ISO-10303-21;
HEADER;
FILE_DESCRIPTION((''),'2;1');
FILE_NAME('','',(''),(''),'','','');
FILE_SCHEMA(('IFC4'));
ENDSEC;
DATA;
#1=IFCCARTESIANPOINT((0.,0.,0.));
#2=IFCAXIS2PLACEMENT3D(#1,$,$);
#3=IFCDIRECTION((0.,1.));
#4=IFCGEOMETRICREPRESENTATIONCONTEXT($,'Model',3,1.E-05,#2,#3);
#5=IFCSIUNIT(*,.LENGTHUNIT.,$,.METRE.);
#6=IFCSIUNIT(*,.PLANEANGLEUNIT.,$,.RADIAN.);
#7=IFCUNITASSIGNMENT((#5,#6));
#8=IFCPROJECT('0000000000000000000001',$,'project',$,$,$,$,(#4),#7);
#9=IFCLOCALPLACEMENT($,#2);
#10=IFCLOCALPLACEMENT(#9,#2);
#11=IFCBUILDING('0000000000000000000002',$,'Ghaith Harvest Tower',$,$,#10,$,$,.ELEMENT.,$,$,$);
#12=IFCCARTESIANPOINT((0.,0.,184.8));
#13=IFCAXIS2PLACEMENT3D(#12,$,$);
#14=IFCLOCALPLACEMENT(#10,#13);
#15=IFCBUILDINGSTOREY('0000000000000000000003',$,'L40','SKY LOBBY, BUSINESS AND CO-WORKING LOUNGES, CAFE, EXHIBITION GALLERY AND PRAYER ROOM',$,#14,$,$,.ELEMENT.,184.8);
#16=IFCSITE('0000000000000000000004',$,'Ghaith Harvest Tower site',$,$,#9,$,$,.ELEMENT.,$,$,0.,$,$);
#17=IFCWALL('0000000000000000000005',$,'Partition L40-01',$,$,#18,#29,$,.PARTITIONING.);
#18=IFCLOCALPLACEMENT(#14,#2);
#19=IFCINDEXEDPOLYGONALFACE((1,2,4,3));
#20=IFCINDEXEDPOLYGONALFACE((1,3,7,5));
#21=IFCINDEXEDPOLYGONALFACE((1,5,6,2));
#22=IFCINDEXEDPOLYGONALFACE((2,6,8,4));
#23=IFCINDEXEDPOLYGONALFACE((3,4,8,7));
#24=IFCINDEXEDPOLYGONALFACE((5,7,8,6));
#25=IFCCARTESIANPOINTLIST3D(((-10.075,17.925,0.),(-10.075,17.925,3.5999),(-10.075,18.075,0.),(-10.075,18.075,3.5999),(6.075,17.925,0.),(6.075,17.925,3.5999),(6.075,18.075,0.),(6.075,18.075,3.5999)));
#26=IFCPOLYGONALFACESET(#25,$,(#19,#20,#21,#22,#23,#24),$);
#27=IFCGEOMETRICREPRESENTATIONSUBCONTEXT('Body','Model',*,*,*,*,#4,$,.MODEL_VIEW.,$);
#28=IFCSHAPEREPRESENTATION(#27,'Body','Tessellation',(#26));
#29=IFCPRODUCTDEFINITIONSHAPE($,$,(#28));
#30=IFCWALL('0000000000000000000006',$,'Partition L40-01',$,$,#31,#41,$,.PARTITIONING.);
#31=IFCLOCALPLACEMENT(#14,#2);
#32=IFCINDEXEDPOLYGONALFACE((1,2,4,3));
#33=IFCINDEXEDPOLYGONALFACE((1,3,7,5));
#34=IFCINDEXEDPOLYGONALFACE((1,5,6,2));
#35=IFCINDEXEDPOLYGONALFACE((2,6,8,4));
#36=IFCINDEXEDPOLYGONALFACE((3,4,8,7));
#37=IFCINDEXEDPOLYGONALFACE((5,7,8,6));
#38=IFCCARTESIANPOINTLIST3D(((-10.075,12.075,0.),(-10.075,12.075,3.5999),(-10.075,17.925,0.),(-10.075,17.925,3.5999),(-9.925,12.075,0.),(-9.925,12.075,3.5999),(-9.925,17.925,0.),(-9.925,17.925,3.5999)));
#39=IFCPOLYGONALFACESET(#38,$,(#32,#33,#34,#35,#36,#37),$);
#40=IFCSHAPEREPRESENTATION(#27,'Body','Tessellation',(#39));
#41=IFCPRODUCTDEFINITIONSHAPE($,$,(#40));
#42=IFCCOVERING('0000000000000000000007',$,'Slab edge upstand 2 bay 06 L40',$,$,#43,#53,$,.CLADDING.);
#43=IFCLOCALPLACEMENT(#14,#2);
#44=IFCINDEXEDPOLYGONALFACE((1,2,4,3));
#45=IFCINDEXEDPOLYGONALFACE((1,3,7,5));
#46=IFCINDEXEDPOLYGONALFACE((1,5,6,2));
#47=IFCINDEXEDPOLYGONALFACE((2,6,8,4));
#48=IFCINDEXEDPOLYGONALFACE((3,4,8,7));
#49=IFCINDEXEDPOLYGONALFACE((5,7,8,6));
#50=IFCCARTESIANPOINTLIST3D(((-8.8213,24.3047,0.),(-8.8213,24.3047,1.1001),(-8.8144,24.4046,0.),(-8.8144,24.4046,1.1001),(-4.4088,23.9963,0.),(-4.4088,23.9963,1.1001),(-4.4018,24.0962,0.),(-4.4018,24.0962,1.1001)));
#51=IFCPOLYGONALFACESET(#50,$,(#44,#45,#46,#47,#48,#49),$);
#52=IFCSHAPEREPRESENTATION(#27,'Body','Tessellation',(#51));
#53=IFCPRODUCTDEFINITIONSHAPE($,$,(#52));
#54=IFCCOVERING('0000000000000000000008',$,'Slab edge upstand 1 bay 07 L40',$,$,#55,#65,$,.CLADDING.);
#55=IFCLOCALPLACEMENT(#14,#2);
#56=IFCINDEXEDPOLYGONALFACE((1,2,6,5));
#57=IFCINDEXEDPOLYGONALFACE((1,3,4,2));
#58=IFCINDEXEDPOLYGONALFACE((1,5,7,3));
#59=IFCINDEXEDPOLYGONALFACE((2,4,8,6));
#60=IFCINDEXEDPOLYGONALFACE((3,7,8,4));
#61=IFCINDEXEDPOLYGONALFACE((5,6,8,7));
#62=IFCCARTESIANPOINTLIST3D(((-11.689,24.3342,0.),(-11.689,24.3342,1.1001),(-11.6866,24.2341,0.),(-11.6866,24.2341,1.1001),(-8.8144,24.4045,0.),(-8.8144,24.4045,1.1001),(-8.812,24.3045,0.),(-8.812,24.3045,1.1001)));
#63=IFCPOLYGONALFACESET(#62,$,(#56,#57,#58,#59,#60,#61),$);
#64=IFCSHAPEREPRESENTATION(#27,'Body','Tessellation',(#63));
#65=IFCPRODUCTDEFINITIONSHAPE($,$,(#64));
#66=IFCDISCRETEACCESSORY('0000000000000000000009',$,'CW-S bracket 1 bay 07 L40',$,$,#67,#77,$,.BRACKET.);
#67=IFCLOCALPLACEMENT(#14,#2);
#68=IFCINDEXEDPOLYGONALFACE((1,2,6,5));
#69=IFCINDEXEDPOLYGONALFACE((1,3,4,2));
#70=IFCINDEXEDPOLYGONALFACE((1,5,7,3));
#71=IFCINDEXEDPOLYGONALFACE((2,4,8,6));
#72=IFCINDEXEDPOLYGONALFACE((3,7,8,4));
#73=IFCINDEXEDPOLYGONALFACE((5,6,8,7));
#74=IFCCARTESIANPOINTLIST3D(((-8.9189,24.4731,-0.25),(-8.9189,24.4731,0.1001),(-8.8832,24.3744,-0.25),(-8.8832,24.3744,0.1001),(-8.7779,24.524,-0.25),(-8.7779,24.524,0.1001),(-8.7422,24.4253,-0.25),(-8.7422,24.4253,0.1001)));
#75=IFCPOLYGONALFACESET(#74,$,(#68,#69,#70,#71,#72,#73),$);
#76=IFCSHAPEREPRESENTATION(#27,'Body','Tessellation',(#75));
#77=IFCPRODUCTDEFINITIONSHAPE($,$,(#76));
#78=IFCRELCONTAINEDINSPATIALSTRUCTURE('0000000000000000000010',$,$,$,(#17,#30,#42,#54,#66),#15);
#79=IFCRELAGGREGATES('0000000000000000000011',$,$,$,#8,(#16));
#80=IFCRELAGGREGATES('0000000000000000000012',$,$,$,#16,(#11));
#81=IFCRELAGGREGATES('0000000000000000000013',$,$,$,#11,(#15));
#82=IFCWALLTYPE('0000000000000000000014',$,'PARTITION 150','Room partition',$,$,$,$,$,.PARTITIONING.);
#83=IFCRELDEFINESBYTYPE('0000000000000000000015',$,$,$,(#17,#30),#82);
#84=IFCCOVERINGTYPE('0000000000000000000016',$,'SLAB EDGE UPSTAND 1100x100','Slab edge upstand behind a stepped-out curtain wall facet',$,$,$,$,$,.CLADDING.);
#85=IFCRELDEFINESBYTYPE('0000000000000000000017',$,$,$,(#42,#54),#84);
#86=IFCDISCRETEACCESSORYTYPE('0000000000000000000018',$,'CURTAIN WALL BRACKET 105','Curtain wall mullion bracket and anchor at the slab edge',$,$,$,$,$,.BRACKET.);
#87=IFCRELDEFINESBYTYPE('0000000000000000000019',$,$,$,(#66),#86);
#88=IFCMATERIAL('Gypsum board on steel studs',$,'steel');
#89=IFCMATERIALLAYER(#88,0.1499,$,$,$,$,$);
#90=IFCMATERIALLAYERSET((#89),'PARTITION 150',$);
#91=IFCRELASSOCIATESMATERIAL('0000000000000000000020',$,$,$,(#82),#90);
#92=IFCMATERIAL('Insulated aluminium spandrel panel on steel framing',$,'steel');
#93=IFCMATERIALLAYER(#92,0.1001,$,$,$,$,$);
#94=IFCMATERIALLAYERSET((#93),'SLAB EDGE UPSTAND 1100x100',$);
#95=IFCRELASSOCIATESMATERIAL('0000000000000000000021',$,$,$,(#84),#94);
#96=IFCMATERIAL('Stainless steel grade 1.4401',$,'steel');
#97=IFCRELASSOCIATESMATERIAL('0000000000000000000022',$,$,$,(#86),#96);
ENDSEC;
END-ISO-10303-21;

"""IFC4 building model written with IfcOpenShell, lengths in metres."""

from ifc_helpers import new_model, si_unit, direction, frame, frame_2d, origin, origin_2d, place, context, subcontext, project, spatial, rectangle, extrude, material, layer, layer_set, type_object, element, save


model = new_model("IFC4")

# Units and contexts
model_context = context("Model", 3, precision=1e-05, world=origin(), true_north=direction((0.0, 1.0)))
body_context = subcontext(model_context, "Body", "Model", "MODEL_VIEW")
ifc_project = project(units=[si_unit("LENGTHUNIT", "METRE"), si_unit("PLANEANGLEUNIT", "RADIAN")], contexts=[model_context])

# Site, building, storey
site_placement = place(None, origin())
site = spatial("IfcSite", under=ifc_project, at=site_placement, Name="Ghaith Harvest Tower site", CompositionType="ELEMENT", RefElevation=0.0)
building_placement = place(site_placement, origin())
building = spatial("IfcBuilding", under=site, at=building_placement, Name="Ghaith Harvest Tower", CompositionType="ELEMENT")
storey_placement = place(building_placement, frame((0.0, 0.0, 184.8)))
storey = spatial("IfcBuildingStorey", under=building, at=storey_placement, Name="L40", Description="SKY LOBBY, BUSINESS AND CO-WORKING LOUNGES, CAFE, EXHIBITION GALLERY AND PRAYER ROOM", CompositionType="ELEMENT", Elevation=184.8)

# Shared definitions
ifc_material_1 = material(Name="Gypsum board on steel studs", Category="steel")
ifc_layer_1 = layer(ifc_material_1, 0.1499)
ifc_layer_set_1 = layer_set([ifc_layer_1], Name="PARTITION 150")
wall_type = type_object("IfcWallType", Name="PARTITION 150", Description="Room partition", PredefinedType="PARTITIONING", material=ifc_layer_set_1)

# Walls
wall_1_placement = place(storey_placement, frame((-10.075, 18.0, 0.0), z_axis=(0.0, 0.0, 1.0), x_axis=(1.0, 0.0, 0.0)))
element("IfcWall", 1, at=wall_1_placement, inside=storey, type_object=wall_type, Name="Partition L40-01", PredefinedType="PARTITIONING", context=body_context, shape_type="SweptSolid", body=[
    extrude(rectangle(XDim=16.1499, YDim=0.1499, at=frame_2d((8.075, 0.0))), origin(), (0.0, 0.0, 1.0), 3.5999),
])
wall_2_placement = place(storey_placement, frame((-10.0, 12.075, 0.0), z_axis=(0.0, 0.0, 1.0), x_axis=(0.0, 1.0, 0.0)))
element("IfcWall", 2, at=wall_2_placement, inside=storey, type_object=wall_type, Name="Partition L40-01", PredefinedType="PARTITIONING", context=body_context, shape_type="SweptSolid", body=[
    extrude(rectangle(XDim=5.8501, YDim=0.1499, at=frame_2d((2.925, 0.0))), origin(), (0.0, 0.0, 1.0), 3.5999),
])

# Coverings
ifc_material_2 = material(Name="Insulated aluminium spandrel panel on steel framing", Category="steel")
ifc_layer_2 = layer(ifc_material_2, 0.1001)
ifc_layer_set_2 = layer_set([ifc_layer_2], Name="SLAB EDGE UPSTAND 1100x100")
covering_type = type_object("IfcCoveringType", Name="SLAB EDGE UPSTAND 1100x100", Description="Slab edge upstand behind a stepped-out curtain wall facet", PredefinedType="CLADDING", material=ifc_layer_set_2)
covering_1_placement = place(storey_placement, frame((-6.6116, 24.2004, 0.0), z_axis=(0.0, 0.0, 1.0), x_axis=(-0.997566, 0.069726, 0.0)))
element("IfcCovering", 3, at=covering_1_placement, inside=storey, type_object=covering_type, Name="Slab edge upstand 2 bay 06 L40", PredefinedType="CLADDING", context=body_context, shape_type="SweptSolid", body=[
    extrude(rectangle(XDim=4.4233, YDim=0.1001, at=origin_2d()), origin(), (0.0, 0.0, 1.0), 1.1001),
])
covering_2_placement = place(storey_placement, frame((-10.2505, 24.3193, 0.0), z_axis=(0.0, 0.0, 1.0), x_axis=(-0.999701, -0.024458, 0.0)))
element("IfcCovering", 4, at=covering_2_placement, inside=storey, type_object=covering_type, Name="Slab edge upstand 1 bay 07 L40", PredefinedType="CLADDING", context=body_context, shape_type="SweptSolid", body=[
    extrude(rectangle(XDim=2.8755, YDim=0.1001, at=origin_2d()), origin(), (0.0, 0.0, 1.0), 1.1001),
])

# Discrete accessory
ifc_material_3 = material(Name="Stainless steel grade 1.4401", Category="steel")
discrete_accessory_type = type_object("IfcDiscreteAccessoryType", Name="CURTAIN WALL BRACKET 105", Description="Curtain wall mullion bracket and anchor at the slab edge", PredefinedType="BRACKET", material=ifc_material_3)
discrete_accessory_placement = place(storey_placement, frame((-8.8306, 24.4492, -0.25), z_axis=(0.0, 0.0, 1.0), x_axis=(-0.339699, 0.940534, 0.0)))
element("IfcDiscreteAccessory", 5, at=discrete_accessory_placement, inside=storey, type_object=discrete_accessory_type, Name="CW-S bracket 1 bay 07 L40", PredefinedType="BRACKET", context=body_context, shape_type="SweptSolid", body=[
    extrude(rectangle(XDim=0.105, YDim=0.1499, at=origin_2d()), origin(), (0.0, 0.0, 1.0), 0.3501),
])

save(model, "model.ifc")
